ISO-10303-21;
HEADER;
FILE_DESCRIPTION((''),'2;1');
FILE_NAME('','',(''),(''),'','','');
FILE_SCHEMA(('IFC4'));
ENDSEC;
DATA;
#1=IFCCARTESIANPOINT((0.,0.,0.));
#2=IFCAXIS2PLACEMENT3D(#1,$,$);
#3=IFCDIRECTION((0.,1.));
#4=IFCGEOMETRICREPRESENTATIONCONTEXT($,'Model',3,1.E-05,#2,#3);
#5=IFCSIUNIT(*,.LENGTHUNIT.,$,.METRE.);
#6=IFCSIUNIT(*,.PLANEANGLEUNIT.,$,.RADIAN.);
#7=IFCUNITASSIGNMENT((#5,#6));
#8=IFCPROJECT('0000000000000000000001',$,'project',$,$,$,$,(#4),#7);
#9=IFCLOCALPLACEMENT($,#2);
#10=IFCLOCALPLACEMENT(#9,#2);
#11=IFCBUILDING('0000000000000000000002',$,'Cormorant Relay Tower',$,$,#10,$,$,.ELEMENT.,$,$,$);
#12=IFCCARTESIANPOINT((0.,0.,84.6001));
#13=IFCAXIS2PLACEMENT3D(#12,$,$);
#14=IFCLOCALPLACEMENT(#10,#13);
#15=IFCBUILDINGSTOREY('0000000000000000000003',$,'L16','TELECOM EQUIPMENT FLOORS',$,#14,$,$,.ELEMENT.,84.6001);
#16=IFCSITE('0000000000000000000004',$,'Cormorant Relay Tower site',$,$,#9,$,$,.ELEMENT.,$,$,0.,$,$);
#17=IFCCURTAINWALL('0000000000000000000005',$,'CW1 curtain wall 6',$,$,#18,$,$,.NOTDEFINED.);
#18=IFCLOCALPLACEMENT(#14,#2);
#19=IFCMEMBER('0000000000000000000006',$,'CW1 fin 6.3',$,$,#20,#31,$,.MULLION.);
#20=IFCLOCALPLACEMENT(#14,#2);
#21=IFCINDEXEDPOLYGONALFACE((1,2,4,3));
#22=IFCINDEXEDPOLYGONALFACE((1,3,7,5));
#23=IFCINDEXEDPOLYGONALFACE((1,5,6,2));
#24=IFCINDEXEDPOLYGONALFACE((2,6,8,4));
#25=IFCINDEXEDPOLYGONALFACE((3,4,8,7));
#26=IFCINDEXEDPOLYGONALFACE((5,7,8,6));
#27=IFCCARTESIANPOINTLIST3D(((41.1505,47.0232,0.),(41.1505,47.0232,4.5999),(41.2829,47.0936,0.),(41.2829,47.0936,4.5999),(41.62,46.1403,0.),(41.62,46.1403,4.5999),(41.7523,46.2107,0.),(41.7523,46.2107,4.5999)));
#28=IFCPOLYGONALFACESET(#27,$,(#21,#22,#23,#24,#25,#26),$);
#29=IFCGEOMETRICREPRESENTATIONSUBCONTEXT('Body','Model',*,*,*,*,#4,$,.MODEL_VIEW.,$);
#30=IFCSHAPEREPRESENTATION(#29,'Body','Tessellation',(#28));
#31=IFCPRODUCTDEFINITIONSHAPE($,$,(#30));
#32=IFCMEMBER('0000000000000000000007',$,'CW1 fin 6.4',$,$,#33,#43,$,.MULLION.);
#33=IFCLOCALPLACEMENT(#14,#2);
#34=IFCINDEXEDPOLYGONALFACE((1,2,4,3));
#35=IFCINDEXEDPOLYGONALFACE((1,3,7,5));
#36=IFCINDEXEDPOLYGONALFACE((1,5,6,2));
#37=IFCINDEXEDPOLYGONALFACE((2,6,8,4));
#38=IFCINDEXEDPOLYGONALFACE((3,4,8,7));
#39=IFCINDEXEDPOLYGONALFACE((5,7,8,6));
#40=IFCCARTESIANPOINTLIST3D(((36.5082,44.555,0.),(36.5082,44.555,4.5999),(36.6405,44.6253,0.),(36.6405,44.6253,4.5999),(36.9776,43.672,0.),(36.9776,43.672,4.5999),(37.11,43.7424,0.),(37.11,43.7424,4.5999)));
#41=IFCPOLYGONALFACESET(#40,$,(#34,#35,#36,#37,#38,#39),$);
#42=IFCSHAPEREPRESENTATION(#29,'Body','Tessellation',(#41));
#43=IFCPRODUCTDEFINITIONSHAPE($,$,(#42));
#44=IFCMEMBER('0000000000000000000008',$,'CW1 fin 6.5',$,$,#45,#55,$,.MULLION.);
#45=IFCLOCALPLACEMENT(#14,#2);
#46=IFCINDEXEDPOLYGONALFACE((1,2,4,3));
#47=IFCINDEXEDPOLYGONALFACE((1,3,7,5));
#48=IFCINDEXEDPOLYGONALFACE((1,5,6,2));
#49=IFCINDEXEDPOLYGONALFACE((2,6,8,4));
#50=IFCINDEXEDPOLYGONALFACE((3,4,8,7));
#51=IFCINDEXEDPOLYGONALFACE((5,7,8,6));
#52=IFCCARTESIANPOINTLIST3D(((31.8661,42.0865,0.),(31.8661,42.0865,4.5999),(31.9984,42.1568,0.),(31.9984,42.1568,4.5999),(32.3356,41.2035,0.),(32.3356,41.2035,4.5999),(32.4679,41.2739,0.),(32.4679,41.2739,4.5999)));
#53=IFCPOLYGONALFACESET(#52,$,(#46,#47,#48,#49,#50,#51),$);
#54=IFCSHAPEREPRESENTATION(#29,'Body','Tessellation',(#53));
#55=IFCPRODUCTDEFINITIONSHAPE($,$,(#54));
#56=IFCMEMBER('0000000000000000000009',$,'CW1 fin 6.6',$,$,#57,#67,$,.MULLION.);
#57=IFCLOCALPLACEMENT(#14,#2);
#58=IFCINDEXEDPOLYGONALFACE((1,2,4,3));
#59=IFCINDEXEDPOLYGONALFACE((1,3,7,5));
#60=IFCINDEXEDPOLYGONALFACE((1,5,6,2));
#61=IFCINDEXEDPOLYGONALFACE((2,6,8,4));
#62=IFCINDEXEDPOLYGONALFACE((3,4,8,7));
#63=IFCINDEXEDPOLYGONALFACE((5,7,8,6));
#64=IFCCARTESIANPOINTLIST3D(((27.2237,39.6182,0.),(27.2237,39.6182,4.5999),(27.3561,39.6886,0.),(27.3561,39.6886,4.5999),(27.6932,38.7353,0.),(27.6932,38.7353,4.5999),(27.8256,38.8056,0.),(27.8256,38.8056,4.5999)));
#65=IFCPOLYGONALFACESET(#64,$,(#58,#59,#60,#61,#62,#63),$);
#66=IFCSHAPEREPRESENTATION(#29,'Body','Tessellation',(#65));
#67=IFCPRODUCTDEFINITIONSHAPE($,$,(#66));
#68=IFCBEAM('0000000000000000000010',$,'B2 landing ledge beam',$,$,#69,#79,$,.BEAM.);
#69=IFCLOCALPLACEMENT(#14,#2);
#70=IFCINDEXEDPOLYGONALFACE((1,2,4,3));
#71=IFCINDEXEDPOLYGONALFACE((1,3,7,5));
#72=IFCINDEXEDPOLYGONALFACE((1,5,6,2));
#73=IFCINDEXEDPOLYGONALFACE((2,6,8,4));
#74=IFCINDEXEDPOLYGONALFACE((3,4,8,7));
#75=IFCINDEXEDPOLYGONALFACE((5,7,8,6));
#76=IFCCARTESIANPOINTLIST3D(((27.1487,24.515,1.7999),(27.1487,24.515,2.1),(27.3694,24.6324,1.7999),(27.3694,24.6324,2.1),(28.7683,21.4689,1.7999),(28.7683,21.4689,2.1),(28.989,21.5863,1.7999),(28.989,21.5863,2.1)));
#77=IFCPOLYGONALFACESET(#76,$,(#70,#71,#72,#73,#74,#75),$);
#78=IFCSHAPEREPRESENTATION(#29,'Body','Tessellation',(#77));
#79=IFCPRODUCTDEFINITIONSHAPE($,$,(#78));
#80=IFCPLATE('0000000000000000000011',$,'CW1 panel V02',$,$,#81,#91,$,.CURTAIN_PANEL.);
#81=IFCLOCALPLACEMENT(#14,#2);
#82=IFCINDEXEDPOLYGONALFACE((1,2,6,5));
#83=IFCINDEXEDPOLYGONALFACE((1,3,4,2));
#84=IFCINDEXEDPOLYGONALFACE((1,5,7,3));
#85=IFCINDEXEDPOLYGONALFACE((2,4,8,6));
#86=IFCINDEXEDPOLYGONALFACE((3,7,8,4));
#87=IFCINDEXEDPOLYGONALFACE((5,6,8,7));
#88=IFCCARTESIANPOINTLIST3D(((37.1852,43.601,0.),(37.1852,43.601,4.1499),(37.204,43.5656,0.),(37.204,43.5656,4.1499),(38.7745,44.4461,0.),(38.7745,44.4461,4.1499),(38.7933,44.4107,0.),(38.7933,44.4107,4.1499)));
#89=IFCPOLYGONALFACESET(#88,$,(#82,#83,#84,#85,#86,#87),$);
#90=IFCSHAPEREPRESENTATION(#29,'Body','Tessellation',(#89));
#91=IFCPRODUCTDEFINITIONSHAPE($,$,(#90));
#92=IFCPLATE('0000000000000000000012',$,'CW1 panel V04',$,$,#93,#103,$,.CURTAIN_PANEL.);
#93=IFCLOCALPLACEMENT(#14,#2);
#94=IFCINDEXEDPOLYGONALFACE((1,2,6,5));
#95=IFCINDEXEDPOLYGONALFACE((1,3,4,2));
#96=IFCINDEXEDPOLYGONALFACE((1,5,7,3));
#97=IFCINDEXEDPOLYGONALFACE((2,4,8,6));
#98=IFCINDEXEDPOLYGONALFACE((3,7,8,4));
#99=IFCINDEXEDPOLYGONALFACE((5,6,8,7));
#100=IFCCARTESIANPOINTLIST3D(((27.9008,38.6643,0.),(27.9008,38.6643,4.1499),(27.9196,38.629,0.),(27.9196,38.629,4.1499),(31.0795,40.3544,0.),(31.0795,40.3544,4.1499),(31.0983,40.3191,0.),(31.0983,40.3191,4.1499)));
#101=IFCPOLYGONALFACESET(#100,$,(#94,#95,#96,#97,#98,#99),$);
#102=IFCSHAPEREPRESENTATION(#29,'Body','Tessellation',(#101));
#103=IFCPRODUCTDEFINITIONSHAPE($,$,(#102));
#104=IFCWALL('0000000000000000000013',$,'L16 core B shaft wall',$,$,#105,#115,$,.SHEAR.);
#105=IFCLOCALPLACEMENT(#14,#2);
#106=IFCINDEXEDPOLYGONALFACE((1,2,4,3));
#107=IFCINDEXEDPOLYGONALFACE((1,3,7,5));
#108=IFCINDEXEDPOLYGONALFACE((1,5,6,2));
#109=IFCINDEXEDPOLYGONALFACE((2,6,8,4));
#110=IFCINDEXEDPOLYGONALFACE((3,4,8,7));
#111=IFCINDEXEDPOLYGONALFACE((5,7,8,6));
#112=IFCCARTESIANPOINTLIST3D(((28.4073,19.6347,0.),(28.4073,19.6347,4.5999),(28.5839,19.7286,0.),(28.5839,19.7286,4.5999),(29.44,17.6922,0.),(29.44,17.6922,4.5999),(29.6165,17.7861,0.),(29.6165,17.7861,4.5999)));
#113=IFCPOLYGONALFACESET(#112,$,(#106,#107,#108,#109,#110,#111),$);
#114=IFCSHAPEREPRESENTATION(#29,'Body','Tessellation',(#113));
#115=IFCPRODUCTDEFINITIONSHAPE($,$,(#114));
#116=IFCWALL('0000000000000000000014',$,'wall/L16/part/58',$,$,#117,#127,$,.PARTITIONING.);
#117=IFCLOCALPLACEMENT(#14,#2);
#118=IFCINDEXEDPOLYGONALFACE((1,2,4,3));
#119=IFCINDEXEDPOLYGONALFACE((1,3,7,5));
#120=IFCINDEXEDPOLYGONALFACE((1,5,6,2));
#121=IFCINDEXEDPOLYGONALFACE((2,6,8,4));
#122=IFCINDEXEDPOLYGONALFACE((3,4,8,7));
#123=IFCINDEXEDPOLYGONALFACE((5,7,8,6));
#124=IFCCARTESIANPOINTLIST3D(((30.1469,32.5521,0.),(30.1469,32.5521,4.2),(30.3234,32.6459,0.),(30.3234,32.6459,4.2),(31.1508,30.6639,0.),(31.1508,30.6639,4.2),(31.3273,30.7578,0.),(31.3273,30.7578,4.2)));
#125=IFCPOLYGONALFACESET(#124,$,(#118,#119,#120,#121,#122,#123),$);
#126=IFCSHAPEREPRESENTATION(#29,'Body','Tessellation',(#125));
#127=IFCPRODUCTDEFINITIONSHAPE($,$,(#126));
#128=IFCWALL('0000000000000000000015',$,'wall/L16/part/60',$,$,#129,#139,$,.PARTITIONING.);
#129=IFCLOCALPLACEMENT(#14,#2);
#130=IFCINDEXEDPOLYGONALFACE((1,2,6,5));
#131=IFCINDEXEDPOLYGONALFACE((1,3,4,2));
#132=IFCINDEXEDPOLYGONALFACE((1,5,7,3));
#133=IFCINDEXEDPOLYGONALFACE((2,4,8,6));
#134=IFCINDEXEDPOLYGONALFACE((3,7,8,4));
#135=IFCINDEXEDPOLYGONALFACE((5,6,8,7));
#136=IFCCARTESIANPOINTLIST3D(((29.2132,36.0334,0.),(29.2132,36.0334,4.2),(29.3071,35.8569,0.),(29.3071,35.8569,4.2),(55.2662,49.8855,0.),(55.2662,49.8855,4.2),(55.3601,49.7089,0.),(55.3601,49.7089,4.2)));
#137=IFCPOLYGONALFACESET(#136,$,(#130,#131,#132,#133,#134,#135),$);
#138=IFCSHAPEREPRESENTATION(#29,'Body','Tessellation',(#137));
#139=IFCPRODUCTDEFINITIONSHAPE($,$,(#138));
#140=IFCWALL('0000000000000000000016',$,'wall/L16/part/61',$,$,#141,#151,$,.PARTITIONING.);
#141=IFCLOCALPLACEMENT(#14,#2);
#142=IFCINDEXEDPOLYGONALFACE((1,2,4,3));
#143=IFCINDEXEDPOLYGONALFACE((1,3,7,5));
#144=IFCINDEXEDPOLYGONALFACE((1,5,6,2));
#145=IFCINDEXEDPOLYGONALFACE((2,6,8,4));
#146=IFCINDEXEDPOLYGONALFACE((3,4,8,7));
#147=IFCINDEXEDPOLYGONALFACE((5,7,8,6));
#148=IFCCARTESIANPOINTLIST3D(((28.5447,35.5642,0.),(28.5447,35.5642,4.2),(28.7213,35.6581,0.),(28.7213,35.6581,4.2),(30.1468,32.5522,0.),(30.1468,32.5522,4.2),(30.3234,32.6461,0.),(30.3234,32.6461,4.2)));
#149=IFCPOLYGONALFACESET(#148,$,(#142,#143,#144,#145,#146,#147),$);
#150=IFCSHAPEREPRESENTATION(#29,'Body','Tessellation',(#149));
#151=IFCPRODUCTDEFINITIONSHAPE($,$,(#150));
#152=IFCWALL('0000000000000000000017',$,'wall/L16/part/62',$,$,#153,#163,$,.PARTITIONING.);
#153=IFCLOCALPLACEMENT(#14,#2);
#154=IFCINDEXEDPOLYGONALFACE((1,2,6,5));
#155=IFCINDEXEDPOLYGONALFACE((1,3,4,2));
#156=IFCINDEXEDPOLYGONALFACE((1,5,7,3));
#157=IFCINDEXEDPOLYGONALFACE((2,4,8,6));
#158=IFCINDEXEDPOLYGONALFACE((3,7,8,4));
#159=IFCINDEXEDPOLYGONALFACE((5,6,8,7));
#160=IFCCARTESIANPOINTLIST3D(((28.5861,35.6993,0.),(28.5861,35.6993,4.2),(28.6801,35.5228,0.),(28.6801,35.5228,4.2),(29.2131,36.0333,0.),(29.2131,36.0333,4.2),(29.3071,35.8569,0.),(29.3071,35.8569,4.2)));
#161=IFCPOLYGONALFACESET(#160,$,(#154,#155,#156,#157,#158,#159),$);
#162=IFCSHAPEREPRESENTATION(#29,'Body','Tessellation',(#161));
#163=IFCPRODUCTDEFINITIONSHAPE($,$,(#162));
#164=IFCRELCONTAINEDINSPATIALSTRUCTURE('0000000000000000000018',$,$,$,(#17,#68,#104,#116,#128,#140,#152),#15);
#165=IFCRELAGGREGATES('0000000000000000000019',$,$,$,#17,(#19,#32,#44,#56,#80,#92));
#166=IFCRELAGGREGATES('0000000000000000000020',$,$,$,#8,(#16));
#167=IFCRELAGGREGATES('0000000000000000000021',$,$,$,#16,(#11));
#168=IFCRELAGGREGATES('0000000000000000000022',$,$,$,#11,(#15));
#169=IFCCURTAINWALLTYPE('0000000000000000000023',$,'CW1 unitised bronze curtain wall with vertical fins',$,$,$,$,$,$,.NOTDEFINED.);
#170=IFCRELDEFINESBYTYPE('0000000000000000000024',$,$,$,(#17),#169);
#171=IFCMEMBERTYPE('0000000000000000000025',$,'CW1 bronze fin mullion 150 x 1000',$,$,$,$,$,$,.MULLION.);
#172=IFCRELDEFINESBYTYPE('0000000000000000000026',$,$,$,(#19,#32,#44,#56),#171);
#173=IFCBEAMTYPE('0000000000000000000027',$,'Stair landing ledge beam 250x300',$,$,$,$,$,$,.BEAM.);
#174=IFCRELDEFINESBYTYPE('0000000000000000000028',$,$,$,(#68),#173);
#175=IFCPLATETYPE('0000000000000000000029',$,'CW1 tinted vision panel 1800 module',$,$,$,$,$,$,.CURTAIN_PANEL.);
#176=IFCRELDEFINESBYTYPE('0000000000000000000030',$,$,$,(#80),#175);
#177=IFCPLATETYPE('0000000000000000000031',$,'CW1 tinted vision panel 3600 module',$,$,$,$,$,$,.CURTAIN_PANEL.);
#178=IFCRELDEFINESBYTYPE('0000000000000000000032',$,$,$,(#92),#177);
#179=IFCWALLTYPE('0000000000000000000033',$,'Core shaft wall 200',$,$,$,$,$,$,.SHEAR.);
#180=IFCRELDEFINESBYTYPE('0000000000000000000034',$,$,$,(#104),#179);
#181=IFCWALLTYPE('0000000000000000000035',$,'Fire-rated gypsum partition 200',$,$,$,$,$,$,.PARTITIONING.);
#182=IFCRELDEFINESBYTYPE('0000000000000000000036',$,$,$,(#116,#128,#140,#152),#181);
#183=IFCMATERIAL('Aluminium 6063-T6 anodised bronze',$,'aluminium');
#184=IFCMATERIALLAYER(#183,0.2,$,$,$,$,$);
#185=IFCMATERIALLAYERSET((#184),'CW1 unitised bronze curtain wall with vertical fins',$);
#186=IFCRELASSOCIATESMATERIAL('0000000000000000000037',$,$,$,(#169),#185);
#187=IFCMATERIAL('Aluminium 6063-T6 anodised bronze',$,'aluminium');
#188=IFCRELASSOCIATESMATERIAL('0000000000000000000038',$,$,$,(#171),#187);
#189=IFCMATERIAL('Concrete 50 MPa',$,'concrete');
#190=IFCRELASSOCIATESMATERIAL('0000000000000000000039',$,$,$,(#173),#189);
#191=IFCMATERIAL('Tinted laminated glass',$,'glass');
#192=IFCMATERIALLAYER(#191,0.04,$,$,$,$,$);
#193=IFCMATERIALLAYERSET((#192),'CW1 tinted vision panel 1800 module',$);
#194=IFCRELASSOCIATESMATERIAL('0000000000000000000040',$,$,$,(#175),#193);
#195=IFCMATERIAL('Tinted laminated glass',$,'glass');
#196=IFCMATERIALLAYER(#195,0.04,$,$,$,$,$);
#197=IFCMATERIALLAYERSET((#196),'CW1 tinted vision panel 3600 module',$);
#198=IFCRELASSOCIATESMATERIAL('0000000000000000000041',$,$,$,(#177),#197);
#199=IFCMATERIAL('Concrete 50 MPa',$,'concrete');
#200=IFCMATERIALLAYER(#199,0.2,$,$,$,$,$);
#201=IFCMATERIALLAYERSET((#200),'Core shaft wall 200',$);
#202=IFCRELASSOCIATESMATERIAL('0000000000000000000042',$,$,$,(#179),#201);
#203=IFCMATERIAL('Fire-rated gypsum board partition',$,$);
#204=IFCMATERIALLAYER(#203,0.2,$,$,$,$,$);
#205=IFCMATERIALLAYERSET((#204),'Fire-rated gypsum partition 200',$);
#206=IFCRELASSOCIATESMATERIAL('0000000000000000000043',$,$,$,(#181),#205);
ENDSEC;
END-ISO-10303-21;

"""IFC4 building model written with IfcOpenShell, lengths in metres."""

from ifc_helpers import new_model, si_unit, direction, frame, frame_2d, origin, origin_2d, place, context, subcontext, project, spatial, rectangle, extrude, material, layer, layer_set, material_profile, profile_set, type_object, element, aggregate, save


model = new_model("IFC4")

# Units and contexts
model_context = context("Model", 3, precision=1e-05, world=origin(), true_north=direction((0.0, 1.0)))
body_context = subcontext(model_context, "Body", "Model", "MODEL_VIEW")
ifc_project = project(units=[si_unit("LENGTHUNIT", "METRE"), si_unit("PLANEANGLEUNIT", "RADIAN")], contexts=[model_context])

# Site, building, storey
site_placement = place(None, origin())
site = spatial("IfcSite", under=ifc_project, at=site_placement, Name="Cormorant Relay Tower site", CompositionType="ELEMENT", RefElevation=0.0)
building_placement = place(site_placement, origin())
building = spatial("IfcBuilding", under=site, at=building_placement, Name="Cormorant Relay Tower", CompositionType="ELEMENT")
storey_placement = place(building_placement, frame((0.0, 0.0, 84.6001)))
storey = spatial("IfcBuildingStorey", under=building, at=storey_placement, Name="L16", Description="TELECOM EQUIPMENT FLOORS", CompositionType="ELEMENT", Elevation=84.6001)

# Curtain wall, members
ifc_material_1 = material(Name="Aluminium 6063-T6 anodised bronze", Category="aluminium")
ifc_layer_1 = layer(ifc_material_1, 0.2)
ifc_layer_set_1 = layer_set([ifc_layer_1], Name="CW1 unitised bronze curtain wall with vertical fins")
curtain_wall_type = type_object("IfcCurtainWallType", Name="CW1 unitised bronze curtain wall with vertical fins", PredefinedType="NOTDEFINED", material=ifc_layer_set_1)
curtain_wall_placement = place(storey_placement, origin())
curtain_wall = element("IfcCurtainWall", 1, at=curtain_wall_placement, inside=storey, type_object=curtain_wall_type, Name="CW1 curtain wall 6", PredefinedType="NOTDEFINED")
ifc_material_2 = material(Name="Aluminium 6063-T6 anodised bronze", Category="aluminium")
ifc_material_profile_1 = material_profile(ifc_material_2, rectangle(XDim=0.1499, YDim=1.0, at=origin_2d()), Name="AL 150x1000")
ifc_profile_set_1 = profile_set([ifc_material_profile_1], Name="Aluminium 6063-T6 anodised bronze")
member_type = type_object("IfcMemberType", Name="CW1 bronze fin mullion 150 x 1000", PredefinedType="MULLION", material=ifc_profile_set_1)
member_1_placement = place(storey_placement, frame((41.4514, 46.6169, 0.0), z_axis=(0.0, 0.0, 1.0), x_axis=(-0.882948, -0.469472, 0.0)))
member_1 = element("IfcMember", 2, at=member_1_placement, type_object=member_type, Name="CW1 fin 6.3", PredefinedType="MULLION", context=body_context, shape_type="SweptSolid", body=[
    extrude(rectangle(XDim=0.1499, YDim=1.0, at=origin_2d()), origin(), (0.0, 0.0, 1.0), 4.5999),
])
member_2_placement = place(storey_placement, frame((36.8091, 44.1487, 0.0), z_axis=(0.0, 0.0, 1.0), x_axis=(-0.882948, -0.469472, 0.0)))
member_2 = element("IfcMember", 3, at=member_2_placement, type_object=member_type, Name="CW1 fin 6.4", PredefinedType="MULLION", context=body_context, shape_type="SweptSolid", body=[
    extrude(rectangle(XDim=0.1499, YDim=1.0, at=origin_2d()), origin(), (0.0, 0.0, 1.0), 4.5999),
])
member_3_placement = place(storey_placement, frame((32.167, 41.6802, 0.0), z_axis=(0.0, 0.0, 1.0), x_axis=(-0.882948, -0.469472, 0.0)))
member_3 = element("IfcMember", 4, at=member_3_placement, type_object=member_type, Name="CW1 fin 6.5", PredefinedType="MULLION", context=body_context, shape_type="SweptSolid", body=[
    extrude(rectangle(XDim=0.1499, YDim=1.0, at=origin_2d()), origin(), (0.0, 0.0, 1.0), 4.5999),
])
member_4_placement = place(storey_placement, frame((27.5247, 39.2119, 0.0), z_axis=(0.0, 0.0, 1.0), x_axis=(-0.882948, -0.469472, 0.0)))
member_4 = element("IfcMember", 5, at=member_4_placement, type_object=member_type, Name="CW1 fin 6.6", PredefinedType="MULLION", context=body_context, shape_type="SweptSolid", body=[
    extrude(rectangle(XDim=0.1499, YDim=1.0, at=origin_2d()), origin(), (0.0, 0.0, 1.0), 4.5999),
])

# Beam
ifc_material_3 = material(Name="Concrete 50 MPa", Category="concrete")
ifc_material_profile_2 = material_profile(ifc_material_3, rectangle(XDim=0.25, YDim=0.3, at=origin_2d()), Name="RC 250x300")
ifc_profile_set_2 = profile_set([ifc_material_profile_2], Name="Concrete 50 MPa")
beam_type = type_object("IfcBeamType", Name="Stair landing ledge beam 250x300", PredefinedType="BEAM", material=ifc_profile_set_2)
beam_placement = place(storey_placement, frame((28.8787, 21.5276, 1.95), z_axis=(-0.469464, 0.882952, 0.0), x_axis=(-0.882952, -0.469464, 0.0)))
element("IfcBeam", 6, at=beam_placement, inside=storey, type_object=beam_type, Name="B2 landing ledge beam", PredefinedType="BEAM", context=body_context, shape_type="SweptSolid", body=[
    extrude(rectangle(XDim=0.25, YDim=0.3, at=origin_2d()), origin(), (0.0, 0.0, 1.0), 3.45),
])

# Plates
ifc_material_4 = material(Name="Tinted laminated glass", Category="glass")
ifc_layer_2 = layer(ifc_material_4, 0.04)
ifc_layer_set_2 = layer_set([ifc_layer_2], Name="CW1 tinted vision panel 1800 module")
plate_type_1 = type_object("IfcPlateType", Name="CW1 tinted vision panel 1800 module", PredefinedType="CURTAIN_PANEL", material=ifc_layer_set_2)
plate_1_placement = place(storey_placement, frame((37.9893, 44.0059, 0.0), z_axis=(0.0, 0.0, 1.0), x_axis=(-0.882948, -0.469472, 0.0)))
plate_1 = element("IfcPlate", 7, at=plate_1_placement, type_object=plate_type_1, Name="CW1 panel V02", PredefinedType="CURTAIN_PANEL", context=body_context, shape_type="SweptSolid", body=[
    extrude(rectangle(XDim=1.8, YDim=0.04, at=origin_2d()), origin(), (0.0, 0.0, 1.0), 4.1499),
])
ifc_material_5 = material(Name="Tinted laminated glass", Category="glass")
ifc_layer_3 = layer(ifc_material_5, 0.04)
ifc_layer_set_3 = layer_set([ifc_layer_3], Name="CW1 tinted vision panel 3600 module")
plate_type_2 = type_object("IfcPlateType", Name="CW1 tinted vision panel 3600 module", PredefinedType="CURTAIN_PANEL", material=ifc_layer_set_3)
plate_2_placement = place(storey_placement, frame((29.4995, 39.4917, 0.0), z_axis=(0.0, 0.0, 1.0), x_axis=(-0.882948, -0.469472, 0.0)))
plate_2 = element("IfcPlate", 8, at=plate_2_placement, type_object=plate_type_2, Name="CW1 panel V04", PredefinedType="CURTAIN_PANEL", context=body_context, shape_type="SweptSolid", body=[
    extrude(rectangle(XDim=3.6001, YDim=0.04, at=origin_2d()), origin(), (0.0, 0.0, 1.0), 4.1499),
])

# Walls
ifc_material_6 = material(Name="Concrete 50 MPa", Category="concrete")
ifc_layer_4 = layer(ifc_material_6, 0.2)
ifc_layer_set_4 = layer_set([ifc_layer_4], Name="Core shaft wall 200")
wall_type_1 = type_object("IfcWallType", Name="Core shaft wall 200", PredefinedType="SHEAR", material=ifc_layer_set_4)
wall_1_placement = place(storey_placement, frame((29.5283, 17.739, 0.0), z_axis=(0.0, 0.0, 1.0), x_axis=(-0.469401, 0.882985, 0.0)))
element("IfcWall", 9, at=wall_1_placement, inside=storey, type_object=wall_type_1, Name="L16 core B shaft wall", PredefinedType="SHEAR", context=body_context, shape_type="SweptSolid", body=[
    extrude(rectangle(XDim=2.2, YDim=0.2, at=frame_2d((1.1001, 0.0))), origin(), (0.0, 0.0, 1.0), 4.5999),
])
ifc_material_7 = material(Name="Fire-rated gypsum board partition")
ifc_layer_5 = layer(ifc_material_7, 0.2)
ifc_layer_set_5 = layer_set([ifc_layer_5], Name="Fire-rated gypsum partition 200")
wall_type_2 = type_object("IfcWallType", Name="Fire-rated gypsum partition 200", PredefinedType="PARTITIONING", material=ifc_layer_set_5)
wall_2_placement = place(storey_placement, frame((30.2351, 32.5991, 0.0), z_axis=(0.0, 0.0, 1.0), x_axis=(0.46945, -0.882959, 0.0)))
element("IfcWall", 10, at=wall_2_placement, inside=storey, type_object=wall_type_2, Name="wall/L16/part/58", PredefinedType="PARTITIONING", context=body_context, shape_type="SweptSolid", body=[
    extrude(rectangle(XDim=2.1384, YDim=0.2, at=frame_2d((1.0693, 0.0))), origin(), (0.0, 0.0, 1.0), 4.2),
])
wall_3_placement = place(storey_placement, frame((29.26, 35.9451, 0.0), z_axis=(0.0, 0.0, 1.0), x_axis=(0.882956, 0.469457, 0.0)))
element("IfcWall", 11, at=wall_3_placement, inside=storey, type_object=wall_type_2, Name="wall/L16/part/60", PredefinedType="PARTITIONING", context=body_context, shape_type="SweptSolid", body=[
    extrude(rectangle(XDim=29.5066, YDim=0.2, at=frame_2d((14.7534, 0.0))), origin(), (0.0, 0.0, 1.0), 4.2),
])
wall_4_placement = place(storey_placement, frame((30.2351, 32.5991, 0.0), z_axis=(0.0, 0.0, 1.0), x_axis=(-0.4696, 0.882879, 0.0)))
element("IfcWall", 12, at=wall_4_placement, inside=storey, type_object=wall_type_2, Name="wall/L16/part/61", PredefinedType="PARTITIONING", context=body_context, shape_type="SweptSolid", body=[
    extrude(rectangle(XDim=3.4116, YDim=0.2, at=frame_2d((1.7058, 0.0))), origin(), (0.0, 0.0, 1.0), 4.2),
])
wall_5_placement = place(storey_placement, frame((28.6331, 35.6111, 0.0), z_axis=(0.0, 0.0, 1.0), x_axis=(0.882581, 0.47016, 0.0)))
element("IfcWall", 13, at=wall_5_placement, inside=storey, type_object=wall_type_2, Name="wall/L16/part/62", PredefinedType="PARTITIONING", context=body_context, shape_type="SweptSolid", body=[
    extrude(rectangle(XDim=0.7104, YDim=0.2, at=frame_2d((0.3552, 0.0))), origin(), (0.0, 0.0, 1.0), 4.2),
])

aggregate(curtain_wall, [member_1, member_2, member_3, member_4, plate_1, plate_2])

save(model, "model.ifc")
